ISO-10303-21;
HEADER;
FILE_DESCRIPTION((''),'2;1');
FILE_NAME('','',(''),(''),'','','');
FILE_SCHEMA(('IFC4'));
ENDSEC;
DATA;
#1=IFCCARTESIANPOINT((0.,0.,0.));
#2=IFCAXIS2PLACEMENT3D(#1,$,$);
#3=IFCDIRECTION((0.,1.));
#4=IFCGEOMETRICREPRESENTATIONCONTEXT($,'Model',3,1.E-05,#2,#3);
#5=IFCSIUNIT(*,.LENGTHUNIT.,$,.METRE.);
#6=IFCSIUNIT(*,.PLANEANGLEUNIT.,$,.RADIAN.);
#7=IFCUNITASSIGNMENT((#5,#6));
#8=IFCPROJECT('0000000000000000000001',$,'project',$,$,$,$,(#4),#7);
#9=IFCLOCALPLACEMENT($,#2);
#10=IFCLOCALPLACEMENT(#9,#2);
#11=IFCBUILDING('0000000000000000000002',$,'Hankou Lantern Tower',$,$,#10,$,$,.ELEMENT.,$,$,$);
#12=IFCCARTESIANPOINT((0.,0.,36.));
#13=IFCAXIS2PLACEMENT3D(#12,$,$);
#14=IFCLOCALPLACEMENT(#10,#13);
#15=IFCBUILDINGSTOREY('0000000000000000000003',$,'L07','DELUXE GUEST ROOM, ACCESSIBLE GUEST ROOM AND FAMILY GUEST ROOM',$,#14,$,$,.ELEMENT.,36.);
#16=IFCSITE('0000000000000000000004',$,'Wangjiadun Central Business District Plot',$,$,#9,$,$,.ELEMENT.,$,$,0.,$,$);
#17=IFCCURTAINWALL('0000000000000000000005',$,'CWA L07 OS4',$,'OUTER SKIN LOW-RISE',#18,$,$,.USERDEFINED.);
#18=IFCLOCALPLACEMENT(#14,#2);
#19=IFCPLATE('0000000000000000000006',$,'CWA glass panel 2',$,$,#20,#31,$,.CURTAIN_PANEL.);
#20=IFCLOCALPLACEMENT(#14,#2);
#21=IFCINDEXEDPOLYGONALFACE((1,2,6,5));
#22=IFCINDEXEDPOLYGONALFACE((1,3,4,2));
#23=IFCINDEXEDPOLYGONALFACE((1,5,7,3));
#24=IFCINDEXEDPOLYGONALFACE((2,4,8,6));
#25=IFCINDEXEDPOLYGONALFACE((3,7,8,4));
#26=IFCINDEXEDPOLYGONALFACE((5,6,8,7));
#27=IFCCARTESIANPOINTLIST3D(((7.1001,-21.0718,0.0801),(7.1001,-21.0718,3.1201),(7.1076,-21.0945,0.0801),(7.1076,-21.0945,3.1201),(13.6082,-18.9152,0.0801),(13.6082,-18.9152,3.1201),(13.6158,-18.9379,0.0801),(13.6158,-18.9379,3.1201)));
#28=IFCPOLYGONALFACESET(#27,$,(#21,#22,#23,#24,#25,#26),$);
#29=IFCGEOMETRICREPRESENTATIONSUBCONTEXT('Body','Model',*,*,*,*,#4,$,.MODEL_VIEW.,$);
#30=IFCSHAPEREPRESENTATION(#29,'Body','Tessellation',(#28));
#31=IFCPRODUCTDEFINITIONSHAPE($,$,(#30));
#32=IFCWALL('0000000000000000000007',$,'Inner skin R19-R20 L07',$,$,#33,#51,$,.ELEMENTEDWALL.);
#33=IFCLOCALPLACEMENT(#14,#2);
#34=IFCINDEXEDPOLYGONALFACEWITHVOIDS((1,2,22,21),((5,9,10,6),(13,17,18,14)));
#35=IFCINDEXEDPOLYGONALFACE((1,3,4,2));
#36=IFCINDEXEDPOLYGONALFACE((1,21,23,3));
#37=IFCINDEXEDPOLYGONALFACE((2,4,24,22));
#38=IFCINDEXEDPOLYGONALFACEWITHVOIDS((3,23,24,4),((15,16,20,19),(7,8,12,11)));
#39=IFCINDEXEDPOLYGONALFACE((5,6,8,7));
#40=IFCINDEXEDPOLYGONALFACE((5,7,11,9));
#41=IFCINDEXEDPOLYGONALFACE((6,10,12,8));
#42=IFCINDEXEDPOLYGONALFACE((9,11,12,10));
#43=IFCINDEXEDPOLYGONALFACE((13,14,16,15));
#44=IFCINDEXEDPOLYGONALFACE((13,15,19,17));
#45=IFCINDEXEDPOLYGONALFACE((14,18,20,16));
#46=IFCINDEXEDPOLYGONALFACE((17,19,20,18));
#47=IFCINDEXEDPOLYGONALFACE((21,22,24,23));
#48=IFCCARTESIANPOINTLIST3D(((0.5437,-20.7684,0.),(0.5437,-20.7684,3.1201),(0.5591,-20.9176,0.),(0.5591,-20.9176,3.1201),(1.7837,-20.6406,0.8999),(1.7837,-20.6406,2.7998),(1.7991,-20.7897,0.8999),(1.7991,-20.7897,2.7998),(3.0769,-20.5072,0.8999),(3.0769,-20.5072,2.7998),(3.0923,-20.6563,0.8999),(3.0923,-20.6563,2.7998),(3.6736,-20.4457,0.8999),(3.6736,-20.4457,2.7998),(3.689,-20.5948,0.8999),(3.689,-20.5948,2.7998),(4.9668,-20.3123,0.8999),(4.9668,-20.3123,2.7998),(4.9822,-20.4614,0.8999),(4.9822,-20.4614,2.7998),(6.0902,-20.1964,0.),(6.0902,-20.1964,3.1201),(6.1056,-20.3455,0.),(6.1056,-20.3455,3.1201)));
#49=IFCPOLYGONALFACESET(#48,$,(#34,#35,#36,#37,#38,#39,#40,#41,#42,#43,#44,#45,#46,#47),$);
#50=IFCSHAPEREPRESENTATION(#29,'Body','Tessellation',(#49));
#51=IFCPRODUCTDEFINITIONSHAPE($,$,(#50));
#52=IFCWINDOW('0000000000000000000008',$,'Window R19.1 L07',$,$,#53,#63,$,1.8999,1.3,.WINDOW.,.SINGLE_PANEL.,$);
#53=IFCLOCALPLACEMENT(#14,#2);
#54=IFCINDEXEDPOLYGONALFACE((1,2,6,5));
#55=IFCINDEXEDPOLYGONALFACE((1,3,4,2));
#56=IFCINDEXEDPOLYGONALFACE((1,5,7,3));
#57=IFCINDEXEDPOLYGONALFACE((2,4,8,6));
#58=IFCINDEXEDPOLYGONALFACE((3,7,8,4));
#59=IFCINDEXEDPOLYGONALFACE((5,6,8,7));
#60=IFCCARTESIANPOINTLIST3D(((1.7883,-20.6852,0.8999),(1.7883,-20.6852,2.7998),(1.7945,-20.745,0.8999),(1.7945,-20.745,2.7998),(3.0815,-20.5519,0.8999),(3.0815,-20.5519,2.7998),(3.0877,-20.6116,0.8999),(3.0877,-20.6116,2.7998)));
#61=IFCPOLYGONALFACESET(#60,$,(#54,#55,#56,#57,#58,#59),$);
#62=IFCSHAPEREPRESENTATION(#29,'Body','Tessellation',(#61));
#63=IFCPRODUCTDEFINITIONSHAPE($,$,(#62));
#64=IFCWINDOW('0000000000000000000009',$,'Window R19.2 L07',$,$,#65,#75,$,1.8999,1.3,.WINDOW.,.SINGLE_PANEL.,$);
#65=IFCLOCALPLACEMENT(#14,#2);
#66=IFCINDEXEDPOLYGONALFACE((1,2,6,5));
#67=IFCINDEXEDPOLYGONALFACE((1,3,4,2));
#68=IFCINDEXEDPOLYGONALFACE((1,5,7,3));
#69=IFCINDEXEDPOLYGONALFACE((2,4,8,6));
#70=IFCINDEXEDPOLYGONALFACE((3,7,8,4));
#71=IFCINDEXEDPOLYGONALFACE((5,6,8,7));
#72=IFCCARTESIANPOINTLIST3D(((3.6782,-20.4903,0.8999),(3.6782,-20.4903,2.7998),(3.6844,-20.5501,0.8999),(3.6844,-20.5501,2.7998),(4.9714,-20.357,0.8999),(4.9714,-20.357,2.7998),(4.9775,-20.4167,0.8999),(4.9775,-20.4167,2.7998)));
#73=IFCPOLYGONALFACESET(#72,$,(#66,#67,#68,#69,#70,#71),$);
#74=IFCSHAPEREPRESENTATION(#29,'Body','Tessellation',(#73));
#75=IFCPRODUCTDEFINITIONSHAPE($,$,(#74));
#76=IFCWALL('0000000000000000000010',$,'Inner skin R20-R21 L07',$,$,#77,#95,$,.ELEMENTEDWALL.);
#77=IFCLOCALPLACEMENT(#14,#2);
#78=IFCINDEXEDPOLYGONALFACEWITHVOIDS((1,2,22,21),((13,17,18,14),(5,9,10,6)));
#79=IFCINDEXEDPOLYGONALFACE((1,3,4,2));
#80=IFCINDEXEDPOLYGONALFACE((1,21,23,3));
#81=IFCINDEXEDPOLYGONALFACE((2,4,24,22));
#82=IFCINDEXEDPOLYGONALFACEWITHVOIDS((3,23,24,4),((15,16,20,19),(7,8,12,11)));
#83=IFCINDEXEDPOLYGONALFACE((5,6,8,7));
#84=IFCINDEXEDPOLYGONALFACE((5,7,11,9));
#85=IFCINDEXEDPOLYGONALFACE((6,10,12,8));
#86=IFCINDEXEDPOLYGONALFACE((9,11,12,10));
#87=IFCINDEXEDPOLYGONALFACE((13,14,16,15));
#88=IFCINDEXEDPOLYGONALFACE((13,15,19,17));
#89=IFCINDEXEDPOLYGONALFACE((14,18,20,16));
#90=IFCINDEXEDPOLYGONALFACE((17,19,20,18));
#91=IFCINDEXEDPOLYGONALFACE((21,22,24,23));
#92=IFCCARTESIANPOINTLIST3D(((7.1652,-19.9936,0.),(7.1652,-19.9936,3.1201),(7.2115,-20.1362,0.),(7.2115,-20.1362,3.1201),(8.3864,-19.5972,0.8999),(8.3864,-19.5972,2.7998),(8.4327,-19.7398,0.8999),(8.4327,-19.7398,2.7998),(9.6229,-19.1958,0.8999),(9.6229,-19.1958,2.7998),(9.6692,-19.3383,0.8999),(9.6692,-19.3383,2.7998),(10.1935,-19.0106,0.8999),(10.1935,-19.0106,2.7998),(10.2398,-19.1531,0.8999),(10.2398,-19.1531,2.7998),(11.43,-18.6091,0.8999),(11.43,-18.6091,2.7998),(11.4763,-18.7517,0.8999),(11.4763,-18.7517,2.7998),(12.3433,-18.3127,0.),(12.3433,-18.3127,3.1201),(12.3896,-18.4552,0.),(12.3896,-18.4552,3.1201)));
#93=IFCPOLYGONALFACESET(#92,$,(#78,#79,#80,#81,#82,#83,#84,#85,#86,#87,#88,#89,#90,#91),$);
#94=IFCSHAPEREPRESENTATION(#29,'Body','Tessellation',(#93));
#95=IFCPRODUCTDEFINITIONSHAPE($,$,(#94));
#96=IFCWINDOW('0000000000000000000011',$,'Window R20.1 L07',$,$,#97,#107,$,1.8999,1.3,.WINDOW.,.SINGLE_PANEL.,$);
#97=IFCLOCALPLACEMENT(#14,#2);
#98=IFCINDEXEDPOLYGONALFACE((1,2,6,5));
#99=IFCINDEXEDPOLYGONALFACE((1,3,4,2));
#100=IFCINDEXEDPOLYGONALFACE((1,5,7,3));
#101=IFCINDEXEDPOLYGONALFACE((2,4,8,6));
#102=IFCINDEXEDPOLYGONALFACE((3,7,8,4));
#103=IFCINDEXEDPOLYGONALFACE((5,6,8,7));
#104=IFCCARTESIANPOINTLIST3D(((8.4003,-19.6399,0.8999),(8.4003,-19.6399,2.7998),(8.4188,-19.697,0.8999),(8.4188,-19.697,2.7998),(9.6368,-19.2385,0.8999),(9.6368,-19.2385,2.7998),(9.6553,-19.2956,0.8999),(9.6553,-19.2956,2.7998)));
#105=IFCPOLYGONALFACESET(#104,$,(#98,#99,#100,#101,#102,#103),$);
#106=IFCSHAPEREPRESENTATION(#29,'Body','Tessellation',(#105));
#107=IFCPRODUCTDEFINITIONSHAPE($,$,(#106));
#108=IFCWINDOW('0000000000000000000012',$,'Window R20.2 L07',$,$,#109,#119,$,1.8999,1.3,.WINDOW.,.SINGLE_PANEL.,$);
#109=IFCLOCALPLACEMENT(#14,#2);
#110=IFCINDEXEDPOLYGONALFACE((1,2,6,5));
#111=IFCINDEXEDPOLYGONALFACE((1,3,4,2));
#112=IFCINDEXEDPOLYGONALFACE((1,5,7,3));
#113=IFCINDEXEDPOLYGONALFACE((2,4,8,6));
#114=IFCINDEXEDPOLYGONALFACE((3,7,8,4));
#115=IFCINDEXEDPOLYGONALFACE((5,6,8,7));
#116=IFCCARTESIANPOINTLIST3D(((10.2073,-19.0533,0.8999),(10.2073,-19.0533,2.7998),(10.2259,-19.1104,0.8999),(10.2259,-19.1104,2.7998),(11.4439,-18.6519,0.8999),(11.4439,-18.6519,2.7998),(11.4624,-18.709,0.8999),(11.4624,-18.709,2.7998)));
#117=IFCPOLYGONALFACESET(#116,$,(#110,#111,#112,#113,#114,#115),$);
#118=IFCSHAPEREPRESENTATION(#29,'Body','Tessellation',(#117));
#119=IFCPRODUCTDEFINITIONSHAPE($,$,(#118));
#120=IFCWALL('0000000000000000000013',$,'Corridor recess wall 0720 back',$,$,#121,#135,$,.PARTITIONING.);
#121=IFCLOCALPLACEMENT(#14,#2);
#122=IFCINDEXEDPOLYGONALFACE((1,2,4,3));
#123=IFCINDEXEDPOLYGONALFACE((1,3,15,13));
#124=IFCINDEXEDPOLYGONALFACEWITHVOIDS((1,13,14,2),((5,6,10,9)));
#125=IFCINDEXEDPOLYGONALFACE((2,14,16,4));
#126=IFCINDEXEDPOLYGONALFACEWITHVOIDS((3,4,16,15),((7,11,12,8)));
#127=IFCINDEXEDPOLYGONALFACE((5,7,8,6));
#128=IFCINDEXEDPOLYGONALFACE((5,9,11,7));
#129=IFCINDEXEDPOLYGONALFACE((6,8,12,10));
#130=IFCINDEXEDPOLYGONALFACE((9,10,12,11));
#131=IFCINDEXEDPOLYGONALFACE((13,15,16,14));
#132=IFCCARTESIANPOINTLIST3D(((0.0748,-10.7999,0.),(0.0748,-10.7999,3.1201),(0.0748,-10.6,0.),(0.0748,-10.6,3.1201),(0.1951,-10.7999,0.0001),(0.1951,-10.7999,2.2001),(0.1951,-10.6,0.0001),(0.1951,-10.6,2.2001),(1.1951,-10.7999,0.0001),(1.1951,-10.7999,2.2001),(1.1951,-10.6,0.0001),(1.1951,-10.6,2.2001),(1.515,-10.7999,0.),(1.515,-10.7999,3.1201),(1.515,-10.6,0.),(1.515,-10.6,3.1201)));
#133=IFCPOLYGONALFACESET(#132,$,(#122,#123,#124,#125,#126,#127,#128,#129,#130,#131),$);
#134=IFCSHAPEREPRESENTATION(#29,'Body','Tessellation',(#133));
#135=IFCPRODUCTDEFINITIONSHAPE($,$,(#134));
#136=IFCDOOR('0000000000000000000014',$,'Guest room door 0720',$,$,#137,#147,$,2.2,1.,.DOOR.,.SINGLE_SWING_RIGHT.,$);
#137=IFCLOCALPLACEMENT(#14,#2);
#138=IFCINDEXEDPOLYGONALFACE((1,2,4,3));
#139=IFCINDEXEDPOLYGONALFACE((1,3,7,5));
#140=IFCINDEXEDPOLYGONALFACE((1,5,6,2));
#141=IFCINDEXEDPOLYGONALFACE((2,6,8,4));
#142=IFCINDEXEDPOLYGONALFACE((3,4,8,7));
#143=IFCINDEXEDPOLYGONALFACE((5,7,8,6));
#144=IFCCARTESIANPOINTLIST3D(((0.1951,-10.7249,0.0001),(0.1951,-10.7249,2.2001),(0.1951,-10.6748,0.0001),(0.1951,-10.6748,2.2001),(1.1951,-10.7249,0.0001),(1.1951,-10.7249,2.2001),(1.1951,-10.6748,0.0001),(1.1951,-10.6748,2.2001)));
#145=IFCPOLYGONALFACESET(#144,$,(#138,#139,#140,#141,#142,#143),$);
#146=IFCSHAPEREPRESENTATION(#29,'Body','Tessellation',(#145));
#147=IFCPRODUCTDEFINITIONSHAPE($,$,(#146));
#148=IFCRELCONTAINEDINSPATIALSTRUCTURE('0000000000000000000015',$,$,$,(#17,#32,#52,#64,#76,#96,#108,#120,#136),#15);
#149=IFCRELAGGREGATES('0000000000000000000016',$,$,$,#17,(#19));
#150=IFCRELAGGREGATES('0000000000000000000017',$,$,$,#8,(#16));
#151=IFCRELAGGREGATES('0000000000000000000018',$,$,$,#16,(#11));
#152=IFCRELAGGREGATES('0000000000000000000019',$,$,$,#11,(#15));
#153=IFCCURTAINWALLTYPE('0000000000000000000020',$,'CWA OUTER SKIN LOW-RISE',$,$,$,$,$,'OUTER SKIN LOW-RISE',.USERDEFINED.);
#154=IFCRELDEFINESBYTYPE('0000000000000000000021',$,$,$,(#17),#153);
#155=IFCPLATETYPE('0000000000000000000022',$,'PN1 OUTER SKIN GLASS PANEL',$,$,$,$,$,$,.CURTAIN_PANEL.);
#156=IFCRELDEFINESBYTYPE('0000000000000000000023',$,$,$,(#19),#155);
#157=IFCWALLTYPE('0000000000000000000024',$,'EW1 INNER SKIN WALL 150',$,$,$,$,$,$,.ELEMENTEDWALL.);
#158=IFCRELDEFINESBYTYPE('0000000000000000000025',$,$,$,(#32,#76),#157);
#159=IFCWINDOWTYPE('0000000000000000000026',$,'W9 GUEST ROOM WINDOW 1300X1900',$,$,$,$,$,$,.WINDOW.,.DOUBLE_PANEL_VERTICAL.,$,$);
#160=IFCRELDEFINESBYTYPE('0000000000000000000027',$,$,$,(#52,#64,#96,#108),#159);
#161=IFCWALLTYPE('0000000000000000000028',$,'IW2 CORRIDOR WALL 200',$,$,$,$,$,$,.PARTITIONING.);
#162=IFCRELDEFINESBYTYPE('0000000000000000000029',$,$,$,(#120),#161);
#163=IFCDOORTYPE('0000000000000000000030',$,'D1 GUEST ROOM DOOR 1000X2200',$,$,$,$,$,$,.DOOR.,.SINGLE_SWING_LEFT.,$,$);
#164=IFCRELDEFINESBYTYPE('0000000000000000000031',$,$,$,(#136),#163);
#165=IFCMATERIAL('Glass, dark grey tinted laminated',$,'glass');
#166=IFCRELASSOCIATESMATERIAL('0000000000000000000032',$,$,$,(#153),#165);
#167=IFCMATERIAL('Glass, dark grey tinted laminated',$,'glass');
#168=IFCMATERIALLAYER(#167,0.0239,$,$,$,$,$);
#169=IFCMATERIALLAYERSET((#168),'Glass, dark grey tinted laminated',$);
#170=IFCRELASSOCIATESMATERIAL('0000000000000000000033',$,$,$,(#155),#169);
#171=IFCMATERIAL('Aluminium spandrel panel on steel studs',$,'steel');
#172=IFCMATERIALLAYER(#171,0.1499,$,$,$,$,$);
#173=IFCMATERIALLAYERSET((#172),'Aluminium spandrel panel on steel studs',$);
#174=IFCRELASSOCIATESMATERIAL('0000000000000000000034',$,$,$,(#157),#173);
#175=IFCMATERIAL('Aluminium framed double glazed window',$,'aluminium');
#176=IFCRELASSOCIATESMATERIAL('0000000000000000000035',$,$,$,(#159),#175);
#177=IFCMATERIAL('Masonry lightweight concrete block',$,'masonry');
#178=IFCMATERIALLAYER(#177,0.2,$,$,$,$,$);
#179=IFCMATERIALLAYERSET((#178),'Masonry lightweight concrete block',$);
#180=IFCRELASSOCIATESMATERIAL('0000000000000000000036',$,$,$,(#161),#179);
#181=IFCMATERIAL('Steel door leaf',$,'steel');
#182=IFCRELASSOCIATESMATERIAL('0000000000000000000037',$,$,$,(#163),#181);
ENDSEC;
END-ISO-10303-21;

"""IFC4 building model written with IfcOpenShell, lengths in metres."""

from ifc_helpers import new_model, si_unit, direction, frame, frame_2d, origin, origin_2d, place, context, subcontext, project, spatial, rectangle, extrude, material, layer, layer_set, type_object, element, fill, aggregate, save


model = new_model("IFC4")

# Units and contexts
model_context = context("Model", 3, precision=1e-05, world=origin(), true_north=direction((0.0, 1.0)))
body_context = subcontext(model_context, "Body", "Model", "MODEL_VIEW")
ifc_project = project(units=[si_unit("LENGTHUNIT", "METRE"), si_unit("PLANEANGLEUNIT", "RADIAN")], contexts=[model_context])

# Site, building, storey
site_placement = place(None, origin())
site = spatial("IfcSite", under=ifc_project, at=site_placement, Name="Wangjiadun Central Business District Plot", CompositionType="ELEMENT", RefElevation=0.0)
building_placement = place(site_placement, origin())
building = spatial("IfcBuilding", under=site, at=building_placement, Name="Hankou Lantern Tower", CompositionType="ELEMENT")
storey_placement = place(building_placement, frame((0.0, 0.0, 36.0)))
storey = spatial("IfcBuildingStorey", under=building, at=storey_placement, Name="L07", Description="DELUXE GUEST ROOM, ACCESSIBLE GUEST ROOM AND FAMILY GUEST ROOM", CompositionType="ELEMENT", Elevation=36.0)

# Curtain wall
ifc_material_1 = material(Name="Glass, dark grey tinted laminated", Category="glass")
curtain_wall_type = type_object("IfcCurtainWallType", Name="CWA OUTER SKIN LOW-RISE", ElementType="OUTER SKIN LOW-RISE", PredefinedType="USERDEFINED", material=ifc_material_1)
curtain_wall_placement = place(storey_placement, origin())
curtain_wall = element("IfcCurtainWall", 1, at=curtain_wall_placement, inside=storey, type_object=curtain_wall_type, Name="CWA L07 OS4", ObjectType="OUTER SKIN LOW-RISE", PredefinedType="USERDEFINED")

# Plate
ifc_material_2 = material(Name="Glass, dark grey tinted laminated", Category="glass")
ifc_layer_1 = layer(ifc_material_2, 0.0239)
ifc_layer_set_1 = layer_set([ifc_layer_1], Name="Glass, dark grey tinted laminated")
plate_type = type_object("IfcPlateType", Name="PN1 OUTER SKIN GLASS PANEL", PredefinedType="CURTAIN_PANEL", material=ifc_layer_set_1)
plate_1_placement = place(storey_placement, frame((10.3579, -20.0049, 0.0801), z_axis=(0.0, 0.0, 1.0), x_axis=(0.949241, 0.314551, 0.0)))
plate_1 = element("IfcPlate", 2, at=plate_1_placement, type_object=plate_type, Name="CWA glass panel 2", PredefinedType="CURTAIN_PANEL", context=body_context, shape_type="SweptSolid", body=[
    extrude(rectangle(XDim=6.8562, YDim=0.0239, at=origin_2d()), origin(), (0.0, 0.0, 1.0), 3.04),
])
aggregate(curtain_wall, [plate_1])

# Walls, openings, windows
ifc_material_3 = material(Name="Aluminium spandrel panel on steel studs", Category="steel")
ifc_layer_2 = layer(ifc_material_3, 0.1499)
ifc_layer_set_2 = layer_set([ifc_layer_2], Name="Aluminium spandrel panel on steel studs")
wall_type_1 = type_object("IfcWallType", Name="EW1 INNER SKIN WALL 150", PredefinedType="ELEMENTEDWALL", material=ifc_layer_set_2)
wall_1_placement = place(storey_placement, frame((0.5513, -20.843, 0.0), z_axis=(0.0, 0.0, 1.0), x_axis=(0.994724, 0.10259, 0.0)))
wall_1 = element("IfcWall", 3, at=wall_1_placement, inside=storey, type_object=wall_type_1, Name="Inner skin R19-R20 L07", PredefinedType="ELEMENTEDWALL", context=body_context, shape_type="SweptSolid", body=[
    extrude(rectangle(XDim=5.5759, YDim=0.1499, at=frame_2d((2.7881, 0.0))), origin(), (0.0, 0.0, 1.0), 3.1201),
])
opening_1_placement = place(wall_1_placement, frame((1.2468, 0.0, 0.8999)))
opening_1 = element("IfcOpeningElement", 4, at=opening_1_placement, cuts=wall_1, PredefinedType="OPENING", context=body_context, shape_type="SweptSolid", body=[
    extrude(rectangle(XDim=1.3, YDim=1.8999, at=frame_2d((0.6499, 0.95))), frame((0.0, 0.085, 0.0), z_axis=(0.0, -1.0, 0.0), x_axis=(1.0, 0.0, 0.0)), (0.0, 0.0, 1.0), 0.1699),
])
opening_2_placement = place(wall_1_placement, frame((3.1467, 0.0, 0.8999)))
opening_2 = element("IfcOpeningElement", 5, at=opening_2_placement, cuts=wall_1, PredefinedType="OPENING", context=body_context, shape_type="SweptSolid", body=[
    extrude(rectangle(XDim=1.3, YDim=1.8999, at=frame_2d((0.6499, 0.95))), frame((0.0, 0.085, 0.0), z_axis=(0.0, -1.0, 0.0), x_axis=(1.0, 0.0, 0.0)), (0.0, 0.0, 1.0), 0.1699),
])
ifc_material_4 = material(Name="Aluminium framed double glazed window", Category="aluminium")
window_type = type_object("IfcWindowType", Name="W9 GUEST ROOM WINDOW 1300X1900", PartitioningType="DOUBLE_PANEL_VERTICAL", PredefinedType="WINDOW", material=ifc_material_4)
window_1_placement = place(opening_1_placement, origin())
window_1 = element("IfcWindow", 6, at=window_1_placement, inside=storey, type_object=window_type, Name="Window R19.1 L07", OverallHeight=1.8999, OverallWidth=1.3, PartitioningType="SINGLE_PANEL", PredefinedType="WINDOW", context=body_context, shape_type="SweptSolid", body=[
    extrude(rectangle(XDim=1.3, YDim=1.8999, at=frame_2d((0.6499, 0.95))), frame((0.0, 0.03, 0.0), z_axis=(0.0, -1.0, 0.0), x_axis=(1.0, 0.0, 0.0)), (0.0, 0.0, 1.0), 0.0601),
])
fill(opening_1, window_1)
window_2_placement = place(opening_2_placement, origin())
window_2 = element("IfcWindow", 7, at=window_2_placement, inside=storey, type_object=window_type, Name="Window R19.2 L07", OverallHeight=1.8999, OverallWidth=1.3, PartitioningType="SINGLE_PANEL", PredefinedType="WINDOW", context=body_context, shape_type="SweptSolid", body=[
    extrude(rectangle(XDim=1.3, YDim=1.8999, at=frame_2d((0.6499, 0.95))), frame((0.0, 0.03, 0.0), z_axis=(0.0, -1.0, 0.0), x_axis=(1.0, 0.0, 0.0)), (0.0, 0.0, 1.0), 0.0601),
])
fill(opening_2, window_2)
wall_2_placement = place(storey_placement, frame((7.1882, -20.0649, 0.0), z_axis=(0.0, 0.0, 1.0), x_axis=(0.951138, 0.308765, 0.0)))
wall_2 = element("IfcWall", 8, at=wall_2_placement, inside=storey, type_object=wall_type_1, Name="Inner skin R20-R21 L07", PredefinedType="ELEMENTEDWALL", context=body_context, shape_type="SweptSolid", body=[
    extrude(rectangle(XDim=5.4441, YDim=0.1499, at=frame_2d((2.7222, 0.0))), origin(), (0.0, 0.0, 1.0), 3.1201),
])
opening_3_placement = place(wall_2_placement, frame((1.2842, 0.0, 0.8999)))
opening_3 = element("IfcOpeningElement", 9, at=opening_3_placement, cuts=wall_2, PredefinedType="OPENING", context=body_context, shape_type="SweptSolid", body=[
    extrude(rectangle(XDim=1.3, YDim=1.8999, at=frame_2d((0.6499, 0.95))), frame((0.0, 0.085, 0.0), z_axis=(0.0, -1.0, 0.0), x_axis=(1.0, 0.0, 0.0)), (0.0, 0.0, 1.0), 0.1699),
])
opening_4_placement = place(wall_2_placement, frame((3.1841, 0.0, 0.8999)))
opening_4 = element("IfcOpeningElement", 10, at=opening_4_placement, cuts=wall_2, PredefinedType="OPENING", context=body_context, shape_type="SweptSolid", body=[
    extrude(rectangle(XDim=1.3, YDim=1.8999, at=frame_2d((0.6499, 0.95))), frame((0.0, 0.085, 0.0), z_axis=(0.0, -1.0, 0.0), x_axis=(1.0, 0.0, 0.0)), (0.0, 0.0, 1.0), 0.1699),
])
window_3_placement = place(opening_3_placement, origin())
window_3 = element("IfcWindow", 11, at=window_3_placement, inside=storey, type_object=window_type, Name="Window R20.1 L07", OverallHeight=1.8999, OverallWidth=1.3, PartitioningType="SINGLE_PANEL", PredefinedType="WINDOW", context=body_context, shape_type="SweptSolid", body=[
    extrude(rectangle(XDim=1.3, YDim=1.8999, at=frame_2d((0.6499, 0.95))), frame((0.0, 0.03, 0.0), z_axis=(0.0, -1.0, 0.0), x_axis=(1.0, 0.0, 0.0)), (0.0, 0.0, 1.0), 0.0601),
])
fill(opening_3, window_3)
window_4_placement = place(opening_4_placement, origin())
window_4 = element("IfcWindow", 12, at=window_4_placement, inside=storey, type_object=window_type, Name="Window R20.2 L07", OverallHeight=1.8999, OverallWidth=1.3, PartitioningType="SINGLE_PANEL", PredefinedType="WINDOW", context=body_context, shape_type="SweptSolid", body=[
    extrude(rectangle(XDim=1.3, YDim=1.8999, at=frame_2d((0.6499, 0.95))), frame((0.0, 0.03, 0.0), z_axis=(0.0, -1.0, 0.0), x_axis=(1.0, 0.0, 0.0)), (0.0, 0.0, 1.0), 0.0601),
])
fill(opening_4, window_4)

# Wall, opening, door
ifc_material_5 = material(Name="Masonry lightweight concrete block", Category="masonry")
ifc_layer_3 = layer(ifc_material_5, 0.2)
ifc_layer_set_3 = layer_set([ifc_layer_3], Name="Masonry lightweight concrete block")
wall_type_2 = type_object("IfcWallType", Name="IW2 CORRIDOR WALL 200", PredefinedType="PARTITIONING", material=ifc_layer_set_3)
wall_3_placement = place(storey_placement, frame((1.5151, -10.7, 0.0), z_axis=(0.0, 0.0, 1.0), x_axis=(-1.0, 0.0, 0.0)))
wall_3 = element("IfcWall", 13, at=wall_3_placement, inside=storey, type_object=wall_type_2, Name="Corridor recess wall 0720 back", PredefinedType="PARTITIONING", context=body_context, shape_type="SweptSolid", body=[
    extrude(rectangle(XDim=1.4402, YDim=0.2, at=frame_2d((0.7202, 0.0))), origin(), (0.0, 0.0, 1.0), 3.1201),
])
opening_5_placement = place(wall_3_placement, frame((0.3201, 0.0, 0.0)))
opening_5 = element("IfcOpeningElement", 14, at=opening_5_placement, cuts=wall_3, PredefinedType="OPENING", context=body_context, shape_type="SweptSolid", body=[
    extrude(rectangle(XDim=1.0, YDim=2.2, at=frame_2d((0.5, 1.1001))), frame((0.0, 0.1099, 0.0), z_axis=(0.0, -1.0, 0.0), x_axis=(1.0, 0.0, 0.0)), (0.0, 0.0, 1.0), 0.22),
])
ifc_material_6 = material(Name="Steel door leaf", Category="steel")
door_type_1 = type_object("IfcDoorType", Name="D1 GUEST ROOM DOOR 1000X2200", OperationType="SINGLE_SWING_LEFT", PredefinedType="DOOR", material=ifc_material_6)
door_1_placement = place(opening_5_placement, origin())
door_1 = element("IfcDoor", 15, at=door_1_placement, inside=storey, type_object=door_type_1, Name="Guest room door 0720", OperationType="SINGLE_SWING_RIGHT", OverallHeight=2.2, OverallWidth=1.0, PredefinedType="DOOR", context=body_context, shape_type="SweptSolid", body=[
    extrude(rectangle(XDim=1.0, YDim=2.2, at=frame_2d((0.5, 1.1001))), frame((0.0, 0.0249, 0.0), z_axis=(0.0, -1.0, 0.0), x_axis=(1.0, 0.0, 0.0)), (0.0, 0.0, 1.0), 0.05),
])
fill(opening_5, door_1)

save(model, "model.ifc")
